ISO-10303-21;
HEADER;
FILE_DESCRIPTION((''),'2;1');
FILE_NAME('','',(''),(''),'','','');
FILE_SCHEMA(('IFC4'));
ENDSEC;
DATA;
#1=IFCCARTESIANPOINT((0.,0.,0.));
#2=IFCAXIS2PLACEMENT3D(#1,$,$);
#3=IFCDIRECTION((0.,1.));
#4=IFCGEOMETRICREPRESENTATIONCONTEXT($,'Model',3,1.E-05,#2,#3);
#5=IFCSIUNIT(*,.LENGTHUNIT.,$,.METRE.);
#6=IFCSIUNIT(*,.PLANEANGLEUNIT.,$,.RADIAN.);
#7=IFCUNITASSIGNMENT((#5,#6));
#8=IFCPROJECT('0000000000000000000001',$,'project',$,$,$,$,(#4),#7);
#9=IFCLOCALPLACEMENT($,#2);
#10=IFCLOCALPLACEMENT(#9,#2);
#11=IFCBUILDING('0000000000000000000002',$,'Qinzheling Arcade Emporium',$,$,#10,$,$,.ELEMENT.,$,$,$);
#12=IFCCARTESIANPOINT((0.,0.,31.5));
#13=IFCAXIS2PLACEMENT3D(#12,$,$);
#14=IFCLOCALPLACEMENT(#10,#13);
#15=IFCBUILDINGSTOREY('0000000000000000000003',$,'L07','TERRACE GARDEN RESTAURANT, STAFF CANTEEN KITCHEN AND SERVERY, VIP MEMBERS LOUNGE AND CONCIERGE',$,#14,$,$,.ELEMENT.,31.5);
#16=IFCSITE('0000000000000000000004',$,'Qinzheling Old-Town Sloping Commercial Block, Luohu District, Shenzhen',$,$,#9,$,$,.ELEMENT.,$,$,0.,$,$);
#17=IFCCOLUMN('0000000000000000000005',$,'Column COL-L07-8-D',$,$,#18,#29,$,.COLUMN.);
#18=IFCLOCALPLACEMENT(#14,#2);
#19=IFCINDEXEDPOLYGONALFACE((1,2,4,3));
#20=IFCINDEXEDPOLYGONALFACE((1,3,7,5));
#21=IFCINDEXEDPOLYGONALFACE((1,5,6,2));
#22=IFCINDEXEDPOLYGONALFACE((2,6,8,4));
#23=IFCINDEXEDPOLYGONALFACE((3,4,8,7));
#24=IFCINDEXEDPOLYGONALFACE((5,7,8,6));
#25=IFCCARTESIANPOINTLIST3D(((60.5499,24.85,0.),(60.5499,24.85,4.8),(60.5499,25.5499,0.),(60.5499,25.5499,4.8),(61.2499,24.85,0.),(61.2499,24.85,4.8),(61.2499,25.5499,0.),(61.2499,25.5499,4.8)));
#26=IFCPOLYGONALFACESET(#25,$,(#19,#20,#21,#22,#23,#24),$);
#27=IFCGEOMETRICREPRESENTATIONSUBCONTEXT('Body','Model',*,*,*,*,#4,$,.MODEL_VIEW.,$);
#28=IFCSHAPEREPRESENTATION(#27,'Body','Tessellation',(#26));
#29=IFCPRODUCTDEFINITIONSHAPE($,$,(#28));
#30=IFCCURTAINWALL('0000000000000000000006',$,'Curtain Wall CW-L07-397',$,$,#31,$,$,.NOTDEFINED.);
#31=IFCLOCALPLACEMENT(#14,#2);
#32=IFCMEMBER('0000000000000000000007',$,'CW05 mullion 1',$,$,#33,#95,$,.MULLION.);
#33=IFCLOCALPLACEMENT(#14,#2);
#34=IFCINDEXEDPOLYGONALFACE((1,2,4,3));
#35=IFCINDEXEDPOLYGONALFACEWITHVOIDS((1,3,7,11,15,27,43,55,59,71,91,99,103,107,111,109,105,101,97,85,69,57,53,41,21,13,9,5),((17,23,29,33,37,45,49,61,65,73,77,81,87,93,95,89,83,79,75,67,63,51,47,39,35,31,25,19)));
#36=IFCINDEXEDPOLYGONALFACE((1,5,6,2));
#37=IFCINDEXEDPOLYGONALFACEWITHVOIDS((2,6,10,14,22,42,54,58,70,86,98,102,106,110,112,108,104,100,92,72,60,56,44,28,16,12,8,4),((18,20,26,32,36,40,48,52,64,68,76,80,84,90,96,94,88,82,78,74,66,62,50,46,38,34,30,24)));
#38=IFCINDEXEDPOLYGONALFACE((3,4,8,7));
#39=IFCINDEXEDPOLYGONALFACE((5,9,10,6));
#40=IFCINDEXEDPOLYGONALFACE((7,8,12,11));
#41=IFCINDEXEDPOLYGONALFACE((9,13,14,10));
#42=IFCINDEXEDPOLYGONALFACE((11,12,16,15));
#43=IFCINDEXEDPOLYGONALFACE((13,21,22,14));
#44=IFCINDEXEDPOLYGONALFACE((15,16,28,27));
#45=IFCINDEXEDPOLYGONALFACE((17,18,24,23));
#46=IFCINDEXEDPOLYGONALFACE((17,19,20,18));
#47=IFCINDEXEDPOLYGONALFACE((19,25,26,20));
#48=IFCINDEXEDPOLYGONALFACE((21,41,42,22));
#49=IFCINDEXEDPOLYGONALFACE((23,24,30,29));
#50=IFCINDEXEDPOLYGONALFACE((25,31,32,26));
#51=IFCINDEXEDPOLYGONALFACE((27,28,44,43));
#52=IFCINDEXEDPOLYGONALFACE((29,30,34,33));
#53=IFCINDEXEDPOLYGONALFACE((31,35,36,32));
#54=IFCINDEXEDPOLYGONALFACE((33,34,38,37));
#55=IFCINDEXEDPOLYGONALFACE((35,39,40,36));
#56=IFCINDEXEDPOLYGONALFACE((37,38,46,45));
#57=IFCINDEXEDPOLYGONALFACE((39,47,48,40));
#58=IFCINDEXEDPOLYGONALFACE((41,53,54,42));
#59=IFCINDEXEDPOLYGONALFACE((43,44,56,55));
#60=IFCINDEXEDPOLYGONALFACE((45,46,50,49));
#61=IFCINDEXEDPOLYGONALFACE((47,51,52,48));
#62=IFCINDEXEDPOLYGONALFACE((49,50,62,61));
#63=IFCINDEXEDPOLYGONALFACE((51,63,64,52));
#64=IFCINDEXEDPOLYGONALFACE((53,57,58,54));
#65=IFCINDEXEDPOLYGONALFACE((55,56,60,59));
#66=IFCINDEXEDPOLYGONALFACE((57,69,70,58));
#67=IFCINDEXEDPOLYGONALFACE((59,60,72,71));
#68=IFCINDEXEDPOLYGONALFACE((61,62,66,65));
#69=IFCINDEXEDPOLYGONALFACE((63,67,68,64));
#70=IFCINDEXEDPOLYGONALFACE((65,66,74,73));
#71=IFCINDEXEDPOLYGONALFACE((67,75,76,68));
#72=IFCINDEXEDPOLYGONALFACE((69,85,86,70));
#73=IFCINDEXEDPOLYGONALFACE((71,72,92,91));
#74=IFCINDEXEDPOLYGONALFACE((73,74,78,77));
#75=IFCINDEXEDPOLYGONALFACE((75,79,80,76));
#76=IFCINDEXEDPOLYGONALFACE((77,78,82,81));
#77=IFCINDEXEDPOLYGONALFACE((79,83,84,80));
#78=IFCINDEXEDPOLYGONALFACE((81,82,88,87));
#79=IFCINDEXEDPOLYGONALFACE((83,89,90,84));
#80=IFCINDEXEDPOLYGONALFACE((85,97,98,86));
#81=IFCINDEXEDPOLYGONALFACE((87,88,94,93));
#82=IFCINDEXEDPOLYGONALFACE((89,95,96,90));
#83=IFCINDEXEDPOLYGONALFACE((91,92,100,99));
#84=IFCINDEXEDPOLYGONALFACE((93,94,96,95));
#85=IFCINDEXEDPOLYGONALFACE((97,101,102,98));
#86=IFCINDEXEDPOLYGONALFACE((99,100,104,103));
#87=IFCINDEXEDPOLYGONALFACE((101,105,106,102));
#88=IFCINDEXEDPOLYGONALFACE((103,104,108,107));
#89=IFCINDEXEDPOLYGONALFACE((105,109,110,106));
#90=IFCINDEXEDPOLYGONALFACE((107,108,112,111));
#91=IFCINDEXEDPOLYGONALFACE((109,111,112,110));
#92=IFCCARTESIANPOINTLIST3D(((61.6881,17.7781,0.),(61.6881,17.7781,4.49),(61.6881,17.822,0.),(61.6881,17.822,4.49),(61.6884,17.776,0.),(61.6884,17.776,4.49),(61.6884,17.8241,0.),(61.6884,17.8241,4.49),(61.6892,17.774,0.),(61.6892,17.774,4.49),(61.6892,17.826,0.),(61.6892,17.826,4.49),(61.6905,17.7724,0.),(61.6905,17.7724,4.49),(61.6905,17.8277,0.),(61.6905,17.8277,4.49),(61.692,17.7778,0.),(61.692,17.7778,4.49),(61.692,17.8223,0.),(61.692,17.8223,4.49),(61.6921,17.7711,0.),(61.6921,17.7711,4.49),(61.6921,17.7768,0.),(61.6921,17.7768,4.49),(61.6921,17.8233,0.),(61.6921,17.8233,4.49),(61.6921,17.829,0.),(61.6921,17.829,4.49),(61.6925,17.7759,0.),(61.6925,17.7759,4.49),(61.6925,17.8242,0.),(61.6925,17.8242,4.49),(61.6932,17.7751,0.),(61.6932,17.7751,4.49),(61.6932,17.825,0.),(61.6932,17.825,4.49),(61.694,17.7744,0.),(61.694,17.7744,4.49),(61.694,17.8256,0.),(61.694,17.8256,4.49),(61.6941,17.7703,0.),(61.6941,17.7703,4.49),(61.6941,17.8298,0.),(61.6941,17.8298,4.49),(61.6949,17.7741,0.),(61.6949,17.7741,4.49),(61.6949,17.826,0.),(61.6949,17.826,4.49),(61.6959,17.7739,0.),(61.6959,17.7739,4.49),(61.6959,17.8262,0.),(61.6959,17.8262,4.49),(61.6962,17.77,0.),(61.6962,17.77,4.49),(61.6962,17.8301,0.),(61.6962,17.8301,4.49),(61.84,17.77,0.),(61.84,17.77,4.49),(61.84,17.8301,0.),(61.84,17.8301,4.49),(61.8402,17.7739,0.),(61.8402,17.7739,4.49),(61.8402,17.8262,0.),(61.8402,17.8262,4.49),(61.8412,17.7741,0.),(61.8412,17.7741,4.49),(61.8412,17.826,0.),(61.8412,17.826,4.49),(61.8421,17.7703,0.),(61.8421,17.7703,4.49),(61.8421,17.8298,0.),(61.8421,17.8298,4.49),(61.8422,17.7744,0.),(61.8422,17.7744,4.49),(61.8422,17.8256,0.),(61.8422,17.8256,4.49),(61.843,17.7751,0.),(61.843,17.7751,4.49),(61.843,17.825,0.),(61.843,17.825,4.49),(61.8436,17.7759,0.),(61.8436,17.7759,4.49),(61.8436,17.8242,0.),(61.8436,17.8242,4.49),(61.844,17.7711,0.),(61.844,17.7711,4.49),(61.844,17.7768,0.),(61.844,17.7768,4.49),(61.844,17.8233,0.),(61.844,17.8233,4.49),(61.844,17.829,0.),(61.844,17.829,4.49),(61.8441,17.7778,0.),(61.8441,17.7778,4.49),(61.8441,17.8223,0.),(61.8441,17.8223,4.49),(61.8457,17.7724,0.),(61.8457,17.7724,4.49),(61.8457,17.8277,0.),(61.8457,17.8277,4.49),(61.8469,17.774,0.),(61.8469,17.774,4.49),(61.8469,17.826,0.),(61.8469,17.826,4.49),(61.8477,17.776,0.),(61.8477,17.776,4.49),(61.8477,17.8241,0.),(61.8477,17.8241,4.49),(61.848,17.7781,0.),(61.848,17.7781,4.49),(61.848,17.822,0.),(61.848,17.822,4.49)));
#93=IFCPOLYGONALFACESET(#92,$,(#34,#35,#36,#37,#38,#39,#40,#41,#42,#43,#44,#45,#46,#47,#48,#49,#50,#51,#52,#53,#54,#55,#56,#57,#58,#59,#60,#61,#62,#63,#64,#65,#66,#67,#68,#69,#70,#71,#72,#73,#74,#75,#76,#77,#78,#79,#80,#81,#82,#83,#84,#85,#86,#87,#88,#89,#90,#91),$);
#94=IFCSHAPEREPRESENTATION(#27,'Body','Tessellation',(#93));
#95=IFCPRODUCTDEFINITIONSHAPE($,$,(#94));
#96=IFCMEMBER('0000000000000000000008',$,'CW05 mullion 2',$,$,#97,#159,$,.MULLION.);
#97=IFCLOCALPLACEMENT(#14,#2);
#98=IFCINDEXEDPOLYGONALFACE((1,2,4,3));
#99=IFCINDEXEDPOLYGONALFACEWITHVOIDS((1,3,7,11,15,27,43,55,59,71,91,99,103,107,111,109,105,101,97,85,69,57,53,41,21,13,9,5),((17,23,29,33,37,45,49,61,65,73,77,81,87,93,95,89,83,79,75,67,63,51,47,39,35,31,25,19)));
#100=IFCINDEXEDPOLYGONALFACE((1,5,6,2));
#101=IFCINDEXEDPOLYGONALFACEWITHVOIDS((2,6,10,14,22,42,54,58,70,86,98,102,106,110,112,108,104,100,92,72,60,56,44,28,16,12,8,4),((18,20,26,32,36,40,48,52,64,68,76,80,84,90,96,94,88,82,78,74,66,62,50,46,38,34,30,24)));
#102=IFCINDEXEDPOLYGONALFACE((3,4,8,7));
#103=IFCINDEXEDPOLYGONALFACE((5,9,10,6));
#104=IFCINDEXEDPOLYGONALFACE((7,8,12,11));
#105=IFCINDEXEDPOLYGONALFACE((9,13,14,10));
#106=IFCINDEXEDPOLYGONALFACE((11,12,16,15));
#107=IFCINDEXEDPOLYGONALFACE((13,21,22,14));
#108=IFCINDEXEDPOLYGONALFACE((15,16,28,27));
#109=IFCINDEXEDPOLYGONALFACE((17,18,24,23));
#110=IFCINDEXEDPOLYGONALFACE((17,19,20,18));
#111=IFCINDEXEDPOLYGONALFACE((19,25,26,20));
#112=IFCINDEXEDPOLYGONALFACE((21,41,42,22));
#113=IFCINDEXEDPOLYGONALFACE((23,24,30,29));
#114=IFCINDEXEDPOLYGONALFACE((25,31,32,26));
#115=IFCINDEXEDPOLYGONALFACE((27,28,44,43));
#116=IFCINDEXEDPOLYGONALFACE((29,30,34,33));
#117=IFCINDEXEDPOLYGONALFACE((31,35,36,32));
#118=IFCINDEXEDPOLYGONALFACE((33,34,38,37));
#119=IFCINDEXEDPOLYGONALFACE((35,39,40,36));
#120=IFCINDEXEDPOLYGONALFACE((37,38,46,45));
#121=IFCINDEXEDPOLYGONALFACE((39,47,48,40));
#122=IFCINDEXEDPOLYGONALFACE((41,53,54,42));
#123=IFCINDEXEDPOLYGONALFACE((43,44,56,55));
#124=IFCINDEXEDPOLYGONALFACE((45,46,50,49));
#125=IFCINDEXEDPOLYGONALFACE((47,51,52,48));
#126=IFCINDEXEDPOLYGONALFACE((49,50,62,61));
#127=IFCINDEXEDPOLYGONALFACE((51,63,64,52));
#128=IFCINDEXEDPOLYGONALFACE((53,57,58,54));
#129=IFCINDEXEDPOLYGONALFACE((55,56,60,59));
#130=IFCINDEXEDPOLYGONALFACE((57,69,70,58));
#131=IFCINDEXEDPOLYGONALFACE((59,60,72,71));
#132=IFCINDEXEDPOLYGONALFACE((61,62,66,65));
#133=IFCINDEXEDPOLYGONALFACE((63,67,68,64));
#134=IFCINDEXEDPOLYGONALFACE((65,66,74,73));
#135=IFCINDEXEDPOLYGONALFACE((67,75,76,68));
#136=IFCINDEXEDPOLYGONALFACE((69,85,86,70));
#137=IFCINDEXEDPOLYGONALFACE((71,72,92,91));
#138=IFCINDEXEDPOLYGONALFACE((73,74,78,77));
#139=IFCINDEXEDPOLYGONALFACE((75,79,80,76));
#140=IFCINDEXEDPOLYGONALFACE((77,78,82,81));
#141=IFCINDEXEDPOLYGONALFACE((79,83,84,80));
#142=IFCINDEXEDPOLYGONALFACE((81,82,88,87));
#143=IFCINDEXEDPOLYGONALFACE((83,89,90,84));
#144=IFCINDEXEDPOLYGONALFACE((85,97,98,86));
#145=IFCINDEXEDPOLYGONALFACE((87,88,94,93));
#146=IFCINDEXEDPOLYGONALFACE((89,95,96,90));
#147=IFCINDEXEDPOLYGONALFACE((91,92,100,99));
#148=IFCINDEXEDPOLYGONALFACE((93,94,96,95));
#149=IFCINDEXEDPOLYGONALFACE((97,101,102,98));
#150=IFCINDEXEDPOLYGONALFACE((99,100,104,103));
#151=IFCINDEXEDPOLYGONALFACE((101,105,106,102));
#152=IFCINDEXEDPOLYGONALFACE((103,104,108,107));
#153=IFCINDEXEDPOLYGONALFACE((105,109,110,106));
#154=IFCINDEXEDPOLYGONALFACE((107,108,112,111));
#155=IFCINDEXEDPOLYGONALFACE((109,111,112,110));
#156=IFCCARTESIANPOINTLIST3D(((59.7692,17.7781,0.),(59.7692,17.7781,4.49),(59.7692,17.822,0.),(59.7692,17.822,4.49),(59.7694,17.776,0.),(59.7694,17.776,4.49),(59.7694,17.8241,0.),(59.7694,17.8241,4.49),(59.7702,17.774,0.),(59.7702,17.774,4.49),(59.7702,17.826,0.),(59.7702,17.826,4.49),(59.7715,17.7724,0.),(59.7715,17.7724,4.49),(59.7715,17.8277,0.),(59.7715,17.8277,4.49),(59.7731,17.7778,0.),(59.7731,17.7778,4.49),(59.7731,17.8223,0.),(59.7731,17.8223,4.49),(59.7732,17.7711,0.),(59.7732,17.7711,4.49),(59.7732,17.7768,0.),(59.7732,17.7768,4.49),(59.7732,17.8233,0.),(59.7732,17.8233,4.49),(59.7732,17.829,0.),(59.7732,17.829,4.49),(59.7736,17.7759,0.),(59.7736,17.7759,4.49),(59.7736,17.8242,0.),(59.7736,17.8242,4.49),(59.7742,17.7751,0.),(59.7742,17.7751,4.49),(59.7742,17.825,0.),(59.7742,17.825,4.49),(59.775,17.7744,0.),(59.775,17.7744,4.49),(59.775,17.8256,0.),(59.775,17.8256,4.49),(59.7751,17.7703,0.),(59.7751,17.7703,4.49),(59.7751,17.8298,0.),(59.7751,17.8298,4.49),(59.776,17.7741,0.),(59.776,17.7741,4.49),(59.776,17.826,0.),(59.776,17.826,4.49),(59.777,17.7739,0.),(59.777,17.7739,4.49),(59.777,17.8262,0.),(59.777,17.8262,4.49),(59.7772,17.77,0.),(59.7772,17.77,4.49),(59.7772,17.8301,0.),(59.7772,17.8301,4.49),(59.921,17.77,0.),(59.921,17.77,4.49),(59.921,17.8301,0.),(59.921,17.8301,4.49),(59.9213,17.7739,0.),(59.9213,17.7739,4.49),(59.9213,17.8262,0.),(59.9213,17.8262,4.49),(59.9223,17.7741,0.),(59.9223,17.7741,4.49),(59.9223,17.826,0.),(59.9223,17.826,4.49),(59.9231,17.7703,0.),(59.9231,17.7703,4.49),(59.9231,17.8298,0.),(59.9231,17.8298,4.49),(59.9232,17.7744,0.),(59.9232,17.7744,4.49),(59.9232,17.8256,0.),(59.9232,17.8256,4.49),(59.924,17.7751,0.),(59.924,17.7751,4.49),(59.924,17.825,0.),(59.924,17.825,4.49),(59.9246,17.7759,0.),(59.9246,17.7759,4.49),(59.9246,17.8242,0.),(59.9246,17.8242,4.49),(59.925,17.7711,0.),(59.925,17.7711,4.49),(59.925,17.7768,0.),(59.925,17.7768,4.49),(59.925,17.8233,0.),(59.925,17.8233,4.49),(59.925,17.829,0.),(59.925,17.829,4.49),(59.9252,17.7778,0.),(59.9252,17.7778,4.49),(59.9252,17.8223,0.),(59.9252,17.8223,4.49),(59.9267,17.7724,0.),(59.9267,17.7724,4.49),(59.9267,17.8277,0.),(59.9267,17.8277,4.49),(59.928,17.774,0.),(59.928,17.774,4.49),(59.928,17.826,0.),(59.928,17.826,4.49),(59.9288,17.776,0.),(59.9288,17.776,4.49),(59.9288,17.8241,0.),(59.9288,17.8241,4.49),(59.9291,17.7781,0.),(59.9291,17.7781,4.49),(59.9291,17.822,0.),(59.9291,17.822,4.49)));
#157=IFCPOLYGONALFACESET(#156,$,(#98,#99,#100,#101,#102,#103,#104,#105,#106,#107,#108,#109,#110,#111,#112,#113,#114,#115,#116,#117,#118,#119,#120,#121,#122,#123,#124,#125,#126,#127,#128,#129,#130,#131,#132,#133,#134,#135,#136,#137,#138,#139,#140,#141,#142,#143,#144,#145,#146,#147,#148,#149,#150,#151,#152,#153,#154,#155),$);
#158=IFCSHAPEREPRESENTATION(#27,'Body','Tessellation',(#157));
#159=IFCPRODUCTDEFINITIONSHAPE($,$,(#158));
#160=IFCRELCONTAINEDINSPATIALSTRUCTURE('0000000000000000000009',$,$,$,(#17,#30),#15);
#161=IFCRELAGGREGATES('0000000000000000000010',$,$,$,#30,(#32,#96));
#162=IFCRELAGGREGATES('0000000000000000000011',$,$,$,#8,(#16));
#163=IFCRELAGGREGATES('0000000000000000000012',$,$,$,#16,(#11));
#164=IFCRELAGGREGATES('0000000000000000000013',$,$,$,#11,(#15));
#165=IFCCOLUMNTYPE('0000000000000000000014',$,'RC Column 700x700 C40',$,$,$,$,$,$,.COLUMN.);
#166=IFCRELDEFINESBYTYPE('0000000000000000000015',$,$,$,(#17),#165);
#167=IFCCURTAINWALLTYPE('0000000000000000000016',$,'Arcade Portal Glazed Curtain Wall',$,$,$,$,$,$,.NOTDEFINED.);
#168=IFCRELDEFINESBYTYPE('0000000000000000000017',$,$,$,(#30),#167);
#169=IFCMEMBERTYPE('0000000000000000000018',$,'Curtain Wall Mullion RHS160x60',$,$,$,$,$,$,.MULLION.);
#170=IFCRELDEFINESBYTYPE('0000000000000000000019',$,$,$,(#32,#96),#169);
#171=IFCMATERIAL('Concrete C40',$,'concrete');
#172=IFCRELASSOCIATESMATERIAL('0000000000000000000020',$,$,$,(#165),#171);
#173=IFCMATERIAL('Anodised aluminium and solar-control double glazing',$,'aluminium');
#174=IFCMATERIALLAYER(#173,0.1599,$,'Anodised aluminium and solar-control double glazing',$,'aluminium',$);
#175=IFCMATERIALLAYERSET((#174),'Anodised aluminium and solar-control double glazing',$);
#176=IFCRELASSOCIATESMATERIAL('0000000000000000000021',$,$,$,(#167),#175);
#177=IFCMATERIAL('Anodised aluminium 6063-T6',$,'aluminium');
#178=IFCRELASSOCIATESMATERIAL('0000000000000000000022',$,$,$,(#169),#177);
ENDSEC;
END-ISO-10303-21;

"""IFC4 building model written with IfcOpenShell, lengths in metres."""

from ifc_helpers import new_model, si_unit, direction, frame, origin, origin_2d, place, context, subcontext, project, spatial, rectangle, hollow_rectangle, extrude, material, layer, layer_set, material_profile, profile_set, type_object, element, aggregate, save


model = new_model("IFC4")

# Units and contexts
model_context = context("Model", 3, precision=1e-05, world=origin(), true_north=direction((0.0, 1.0)))
body_context = subcontext(model_context, "Body", "Model", "MODEL_VIEW")
ifc_project = project(units=[si_unit("LENGTHUNIT", "METRE"), si_unit("PLANEANGLEUNIT", "RADIAN")], contexts=[model_context])

# Site, building, storey
site_placement = place(None, origin())
site = spatial("IfcSite", under=ifc_project, at=site_placement, Name="Qinzheling Old-Town Sloping Commercial Block, Luohu District, Shenzhen", CompositionType="ELEMENT", RefElevation=0.0)
building_placement = place(site_placement, origin())
building = spatial("IfcBuilding", under=site, at=building_placement, Name="Qinzheling Arcade Emporium", CompositionType="ELEMENT")
storey_placement = place(building_placement, frame((0.0, 0.0, 31.5)))
storey = spatial("IfcBuildingStorey", under=building, at=storey_placement, Name="L07", Description="TERRACE GARDEN RESTAURANT, STAFF CANTEEN KITCHEN AND SERVERY, VIP MEMBERS LOUNGE AND CONCIERGE", CompositionType="ELEMENT", Elevation=31.5)

# Column
ifc_material_1 = material(Name="Concrete C40", Category="concrete")
ifc_material_profile_1 = material_profile(ifc_material_1, rectangle(XDim=0.7, YDim=0.7, at=origin_2d()), Name="RC 700x700", Category="concrete")
ifc_profile_set_1 = profile_set([ifc_material_profile_1], Name="Concrete C40")
column_type = type_object("IfcColumnType", Name="RC Column 700x700 C40", PredefinedType="COLUMN", material=ifc_profile_set_1)
column_placement = place(storey_placement, frame((60.8999, 25.2, 0.0), z_axis=(0.0, 0.0, 1.0), x_axis=(1.0, 0.0, 0.0)))
element("IfcColumn", 1, at=column_placement, inside=storey, type_object=column_type, Name="Column COL-L07-8-D", PredefinedType="COLUMN", context=body_context, shape_type="SweptSolid", body=[
    extrude(rectangle(XDim=0.7, YDim=0.7, at=origin_2d()), origin(), (0.0, 0.0, 1.0), 4.8),
])

# Curtain wall, members
ifc_material_2 = material(Name="Anodised aluminium and solar-control double glazing", Category="aluminium")
ifc_layer_1 = layer(ifc_material_2, 0.1599, Name="Anodised aluminium and solar-control double glazing", Category="aluminium")
ifc_layer_set_1 = layer_set([ifc_layer_1], Name="Anodised aluminium and solar-control double glazing")
curtain_wall_type = type_object("IfcCurtainWallType", Name="Arcade Portal Glazed Curtain Wall", PredefinedType="NOTDEFINED", material=ifc_layer_set_1)
curtain_wall_placement = place(storey_placement, origin())
curtain_wall = element("IfcCurtainWall", 2, at=curtain_wall_placement, inside=storey, type_object=curtain_wall_type, Name="Curtain Wall CW-L07-397", PredefinedType="NOTDEFINED")
ifc_material_3 = material(Name="Anodised aluminium 6063-T6", Category="aluminium")
ifc_material_profile_2 = material_profile(ifc_material_3, hollow_rectangle(XDim=0.0601, YDim=0.1599, WallThickness=0.0039, InnerFilletRadius=0.0039, OuterFilletRadius=0.0081, at=origin_2d()), Name="RHS 160x60x4", Category="aluminium")
ifc_profile_set_2 = profile_set([ifc_material_profile_2], Name="Anodised aluminium 6063-T6")
member_type_1 = type_object("IfcMemberType", Name="Curtain Wall Mullion RHS160x60", PredefinedType="MULLION", material=ifc_profile_set_2)
member_1_placement = place(storey_placement, frame((61.7681, 17.8, 0.0), z_axis=(0.0, 0.0, 1.0), x_axis=(0.0, -1.0, 0.0)))
member_1 = element("IfcMember", 3, at=member_1_placement, type_object=member_type_1, Name="CW05 mullion 1", PredefinedType="MULLION", context=body_context, shape_type="SweptSolid", body=[
    extrude(hollow_rectangle(XDim=0.0601, YDim=0.1599, WallThickness=0.0039, InnerFilletRadius=0.0039, OuterFilletRadius=0.0081, at=origin_2d()), origin(), (0.0, 0.0, 1.0), 4.49),
])
member_2_placement = place(storey_placement, frame((59.8491, 17.8, 0.0), z_axis=(0.0, 0.0, 1.0), x_axis=(0.0, -1.0, 0.0)))
member_2 = element("IfcMember", 4, at=member_2_placement, type_object=member_type_1, Name="CW05 mullion 2", PredefinedType="MULLION", context=body_context, shape_type="SweptSolid", body=[
    extrude(hollow_rectangle(XDim=0.0601, YDim=0.1599, WallThickness=0.0039, InnerFilletRadius=0.0039, OuterFilletRadius=0.0081, at=origin_2d()), origin(), (0.0, 0.0, 1.0), 4.49),
])

aggregate(curtain_wall, [member_1, member_2])

save(model, "model.ifc")
